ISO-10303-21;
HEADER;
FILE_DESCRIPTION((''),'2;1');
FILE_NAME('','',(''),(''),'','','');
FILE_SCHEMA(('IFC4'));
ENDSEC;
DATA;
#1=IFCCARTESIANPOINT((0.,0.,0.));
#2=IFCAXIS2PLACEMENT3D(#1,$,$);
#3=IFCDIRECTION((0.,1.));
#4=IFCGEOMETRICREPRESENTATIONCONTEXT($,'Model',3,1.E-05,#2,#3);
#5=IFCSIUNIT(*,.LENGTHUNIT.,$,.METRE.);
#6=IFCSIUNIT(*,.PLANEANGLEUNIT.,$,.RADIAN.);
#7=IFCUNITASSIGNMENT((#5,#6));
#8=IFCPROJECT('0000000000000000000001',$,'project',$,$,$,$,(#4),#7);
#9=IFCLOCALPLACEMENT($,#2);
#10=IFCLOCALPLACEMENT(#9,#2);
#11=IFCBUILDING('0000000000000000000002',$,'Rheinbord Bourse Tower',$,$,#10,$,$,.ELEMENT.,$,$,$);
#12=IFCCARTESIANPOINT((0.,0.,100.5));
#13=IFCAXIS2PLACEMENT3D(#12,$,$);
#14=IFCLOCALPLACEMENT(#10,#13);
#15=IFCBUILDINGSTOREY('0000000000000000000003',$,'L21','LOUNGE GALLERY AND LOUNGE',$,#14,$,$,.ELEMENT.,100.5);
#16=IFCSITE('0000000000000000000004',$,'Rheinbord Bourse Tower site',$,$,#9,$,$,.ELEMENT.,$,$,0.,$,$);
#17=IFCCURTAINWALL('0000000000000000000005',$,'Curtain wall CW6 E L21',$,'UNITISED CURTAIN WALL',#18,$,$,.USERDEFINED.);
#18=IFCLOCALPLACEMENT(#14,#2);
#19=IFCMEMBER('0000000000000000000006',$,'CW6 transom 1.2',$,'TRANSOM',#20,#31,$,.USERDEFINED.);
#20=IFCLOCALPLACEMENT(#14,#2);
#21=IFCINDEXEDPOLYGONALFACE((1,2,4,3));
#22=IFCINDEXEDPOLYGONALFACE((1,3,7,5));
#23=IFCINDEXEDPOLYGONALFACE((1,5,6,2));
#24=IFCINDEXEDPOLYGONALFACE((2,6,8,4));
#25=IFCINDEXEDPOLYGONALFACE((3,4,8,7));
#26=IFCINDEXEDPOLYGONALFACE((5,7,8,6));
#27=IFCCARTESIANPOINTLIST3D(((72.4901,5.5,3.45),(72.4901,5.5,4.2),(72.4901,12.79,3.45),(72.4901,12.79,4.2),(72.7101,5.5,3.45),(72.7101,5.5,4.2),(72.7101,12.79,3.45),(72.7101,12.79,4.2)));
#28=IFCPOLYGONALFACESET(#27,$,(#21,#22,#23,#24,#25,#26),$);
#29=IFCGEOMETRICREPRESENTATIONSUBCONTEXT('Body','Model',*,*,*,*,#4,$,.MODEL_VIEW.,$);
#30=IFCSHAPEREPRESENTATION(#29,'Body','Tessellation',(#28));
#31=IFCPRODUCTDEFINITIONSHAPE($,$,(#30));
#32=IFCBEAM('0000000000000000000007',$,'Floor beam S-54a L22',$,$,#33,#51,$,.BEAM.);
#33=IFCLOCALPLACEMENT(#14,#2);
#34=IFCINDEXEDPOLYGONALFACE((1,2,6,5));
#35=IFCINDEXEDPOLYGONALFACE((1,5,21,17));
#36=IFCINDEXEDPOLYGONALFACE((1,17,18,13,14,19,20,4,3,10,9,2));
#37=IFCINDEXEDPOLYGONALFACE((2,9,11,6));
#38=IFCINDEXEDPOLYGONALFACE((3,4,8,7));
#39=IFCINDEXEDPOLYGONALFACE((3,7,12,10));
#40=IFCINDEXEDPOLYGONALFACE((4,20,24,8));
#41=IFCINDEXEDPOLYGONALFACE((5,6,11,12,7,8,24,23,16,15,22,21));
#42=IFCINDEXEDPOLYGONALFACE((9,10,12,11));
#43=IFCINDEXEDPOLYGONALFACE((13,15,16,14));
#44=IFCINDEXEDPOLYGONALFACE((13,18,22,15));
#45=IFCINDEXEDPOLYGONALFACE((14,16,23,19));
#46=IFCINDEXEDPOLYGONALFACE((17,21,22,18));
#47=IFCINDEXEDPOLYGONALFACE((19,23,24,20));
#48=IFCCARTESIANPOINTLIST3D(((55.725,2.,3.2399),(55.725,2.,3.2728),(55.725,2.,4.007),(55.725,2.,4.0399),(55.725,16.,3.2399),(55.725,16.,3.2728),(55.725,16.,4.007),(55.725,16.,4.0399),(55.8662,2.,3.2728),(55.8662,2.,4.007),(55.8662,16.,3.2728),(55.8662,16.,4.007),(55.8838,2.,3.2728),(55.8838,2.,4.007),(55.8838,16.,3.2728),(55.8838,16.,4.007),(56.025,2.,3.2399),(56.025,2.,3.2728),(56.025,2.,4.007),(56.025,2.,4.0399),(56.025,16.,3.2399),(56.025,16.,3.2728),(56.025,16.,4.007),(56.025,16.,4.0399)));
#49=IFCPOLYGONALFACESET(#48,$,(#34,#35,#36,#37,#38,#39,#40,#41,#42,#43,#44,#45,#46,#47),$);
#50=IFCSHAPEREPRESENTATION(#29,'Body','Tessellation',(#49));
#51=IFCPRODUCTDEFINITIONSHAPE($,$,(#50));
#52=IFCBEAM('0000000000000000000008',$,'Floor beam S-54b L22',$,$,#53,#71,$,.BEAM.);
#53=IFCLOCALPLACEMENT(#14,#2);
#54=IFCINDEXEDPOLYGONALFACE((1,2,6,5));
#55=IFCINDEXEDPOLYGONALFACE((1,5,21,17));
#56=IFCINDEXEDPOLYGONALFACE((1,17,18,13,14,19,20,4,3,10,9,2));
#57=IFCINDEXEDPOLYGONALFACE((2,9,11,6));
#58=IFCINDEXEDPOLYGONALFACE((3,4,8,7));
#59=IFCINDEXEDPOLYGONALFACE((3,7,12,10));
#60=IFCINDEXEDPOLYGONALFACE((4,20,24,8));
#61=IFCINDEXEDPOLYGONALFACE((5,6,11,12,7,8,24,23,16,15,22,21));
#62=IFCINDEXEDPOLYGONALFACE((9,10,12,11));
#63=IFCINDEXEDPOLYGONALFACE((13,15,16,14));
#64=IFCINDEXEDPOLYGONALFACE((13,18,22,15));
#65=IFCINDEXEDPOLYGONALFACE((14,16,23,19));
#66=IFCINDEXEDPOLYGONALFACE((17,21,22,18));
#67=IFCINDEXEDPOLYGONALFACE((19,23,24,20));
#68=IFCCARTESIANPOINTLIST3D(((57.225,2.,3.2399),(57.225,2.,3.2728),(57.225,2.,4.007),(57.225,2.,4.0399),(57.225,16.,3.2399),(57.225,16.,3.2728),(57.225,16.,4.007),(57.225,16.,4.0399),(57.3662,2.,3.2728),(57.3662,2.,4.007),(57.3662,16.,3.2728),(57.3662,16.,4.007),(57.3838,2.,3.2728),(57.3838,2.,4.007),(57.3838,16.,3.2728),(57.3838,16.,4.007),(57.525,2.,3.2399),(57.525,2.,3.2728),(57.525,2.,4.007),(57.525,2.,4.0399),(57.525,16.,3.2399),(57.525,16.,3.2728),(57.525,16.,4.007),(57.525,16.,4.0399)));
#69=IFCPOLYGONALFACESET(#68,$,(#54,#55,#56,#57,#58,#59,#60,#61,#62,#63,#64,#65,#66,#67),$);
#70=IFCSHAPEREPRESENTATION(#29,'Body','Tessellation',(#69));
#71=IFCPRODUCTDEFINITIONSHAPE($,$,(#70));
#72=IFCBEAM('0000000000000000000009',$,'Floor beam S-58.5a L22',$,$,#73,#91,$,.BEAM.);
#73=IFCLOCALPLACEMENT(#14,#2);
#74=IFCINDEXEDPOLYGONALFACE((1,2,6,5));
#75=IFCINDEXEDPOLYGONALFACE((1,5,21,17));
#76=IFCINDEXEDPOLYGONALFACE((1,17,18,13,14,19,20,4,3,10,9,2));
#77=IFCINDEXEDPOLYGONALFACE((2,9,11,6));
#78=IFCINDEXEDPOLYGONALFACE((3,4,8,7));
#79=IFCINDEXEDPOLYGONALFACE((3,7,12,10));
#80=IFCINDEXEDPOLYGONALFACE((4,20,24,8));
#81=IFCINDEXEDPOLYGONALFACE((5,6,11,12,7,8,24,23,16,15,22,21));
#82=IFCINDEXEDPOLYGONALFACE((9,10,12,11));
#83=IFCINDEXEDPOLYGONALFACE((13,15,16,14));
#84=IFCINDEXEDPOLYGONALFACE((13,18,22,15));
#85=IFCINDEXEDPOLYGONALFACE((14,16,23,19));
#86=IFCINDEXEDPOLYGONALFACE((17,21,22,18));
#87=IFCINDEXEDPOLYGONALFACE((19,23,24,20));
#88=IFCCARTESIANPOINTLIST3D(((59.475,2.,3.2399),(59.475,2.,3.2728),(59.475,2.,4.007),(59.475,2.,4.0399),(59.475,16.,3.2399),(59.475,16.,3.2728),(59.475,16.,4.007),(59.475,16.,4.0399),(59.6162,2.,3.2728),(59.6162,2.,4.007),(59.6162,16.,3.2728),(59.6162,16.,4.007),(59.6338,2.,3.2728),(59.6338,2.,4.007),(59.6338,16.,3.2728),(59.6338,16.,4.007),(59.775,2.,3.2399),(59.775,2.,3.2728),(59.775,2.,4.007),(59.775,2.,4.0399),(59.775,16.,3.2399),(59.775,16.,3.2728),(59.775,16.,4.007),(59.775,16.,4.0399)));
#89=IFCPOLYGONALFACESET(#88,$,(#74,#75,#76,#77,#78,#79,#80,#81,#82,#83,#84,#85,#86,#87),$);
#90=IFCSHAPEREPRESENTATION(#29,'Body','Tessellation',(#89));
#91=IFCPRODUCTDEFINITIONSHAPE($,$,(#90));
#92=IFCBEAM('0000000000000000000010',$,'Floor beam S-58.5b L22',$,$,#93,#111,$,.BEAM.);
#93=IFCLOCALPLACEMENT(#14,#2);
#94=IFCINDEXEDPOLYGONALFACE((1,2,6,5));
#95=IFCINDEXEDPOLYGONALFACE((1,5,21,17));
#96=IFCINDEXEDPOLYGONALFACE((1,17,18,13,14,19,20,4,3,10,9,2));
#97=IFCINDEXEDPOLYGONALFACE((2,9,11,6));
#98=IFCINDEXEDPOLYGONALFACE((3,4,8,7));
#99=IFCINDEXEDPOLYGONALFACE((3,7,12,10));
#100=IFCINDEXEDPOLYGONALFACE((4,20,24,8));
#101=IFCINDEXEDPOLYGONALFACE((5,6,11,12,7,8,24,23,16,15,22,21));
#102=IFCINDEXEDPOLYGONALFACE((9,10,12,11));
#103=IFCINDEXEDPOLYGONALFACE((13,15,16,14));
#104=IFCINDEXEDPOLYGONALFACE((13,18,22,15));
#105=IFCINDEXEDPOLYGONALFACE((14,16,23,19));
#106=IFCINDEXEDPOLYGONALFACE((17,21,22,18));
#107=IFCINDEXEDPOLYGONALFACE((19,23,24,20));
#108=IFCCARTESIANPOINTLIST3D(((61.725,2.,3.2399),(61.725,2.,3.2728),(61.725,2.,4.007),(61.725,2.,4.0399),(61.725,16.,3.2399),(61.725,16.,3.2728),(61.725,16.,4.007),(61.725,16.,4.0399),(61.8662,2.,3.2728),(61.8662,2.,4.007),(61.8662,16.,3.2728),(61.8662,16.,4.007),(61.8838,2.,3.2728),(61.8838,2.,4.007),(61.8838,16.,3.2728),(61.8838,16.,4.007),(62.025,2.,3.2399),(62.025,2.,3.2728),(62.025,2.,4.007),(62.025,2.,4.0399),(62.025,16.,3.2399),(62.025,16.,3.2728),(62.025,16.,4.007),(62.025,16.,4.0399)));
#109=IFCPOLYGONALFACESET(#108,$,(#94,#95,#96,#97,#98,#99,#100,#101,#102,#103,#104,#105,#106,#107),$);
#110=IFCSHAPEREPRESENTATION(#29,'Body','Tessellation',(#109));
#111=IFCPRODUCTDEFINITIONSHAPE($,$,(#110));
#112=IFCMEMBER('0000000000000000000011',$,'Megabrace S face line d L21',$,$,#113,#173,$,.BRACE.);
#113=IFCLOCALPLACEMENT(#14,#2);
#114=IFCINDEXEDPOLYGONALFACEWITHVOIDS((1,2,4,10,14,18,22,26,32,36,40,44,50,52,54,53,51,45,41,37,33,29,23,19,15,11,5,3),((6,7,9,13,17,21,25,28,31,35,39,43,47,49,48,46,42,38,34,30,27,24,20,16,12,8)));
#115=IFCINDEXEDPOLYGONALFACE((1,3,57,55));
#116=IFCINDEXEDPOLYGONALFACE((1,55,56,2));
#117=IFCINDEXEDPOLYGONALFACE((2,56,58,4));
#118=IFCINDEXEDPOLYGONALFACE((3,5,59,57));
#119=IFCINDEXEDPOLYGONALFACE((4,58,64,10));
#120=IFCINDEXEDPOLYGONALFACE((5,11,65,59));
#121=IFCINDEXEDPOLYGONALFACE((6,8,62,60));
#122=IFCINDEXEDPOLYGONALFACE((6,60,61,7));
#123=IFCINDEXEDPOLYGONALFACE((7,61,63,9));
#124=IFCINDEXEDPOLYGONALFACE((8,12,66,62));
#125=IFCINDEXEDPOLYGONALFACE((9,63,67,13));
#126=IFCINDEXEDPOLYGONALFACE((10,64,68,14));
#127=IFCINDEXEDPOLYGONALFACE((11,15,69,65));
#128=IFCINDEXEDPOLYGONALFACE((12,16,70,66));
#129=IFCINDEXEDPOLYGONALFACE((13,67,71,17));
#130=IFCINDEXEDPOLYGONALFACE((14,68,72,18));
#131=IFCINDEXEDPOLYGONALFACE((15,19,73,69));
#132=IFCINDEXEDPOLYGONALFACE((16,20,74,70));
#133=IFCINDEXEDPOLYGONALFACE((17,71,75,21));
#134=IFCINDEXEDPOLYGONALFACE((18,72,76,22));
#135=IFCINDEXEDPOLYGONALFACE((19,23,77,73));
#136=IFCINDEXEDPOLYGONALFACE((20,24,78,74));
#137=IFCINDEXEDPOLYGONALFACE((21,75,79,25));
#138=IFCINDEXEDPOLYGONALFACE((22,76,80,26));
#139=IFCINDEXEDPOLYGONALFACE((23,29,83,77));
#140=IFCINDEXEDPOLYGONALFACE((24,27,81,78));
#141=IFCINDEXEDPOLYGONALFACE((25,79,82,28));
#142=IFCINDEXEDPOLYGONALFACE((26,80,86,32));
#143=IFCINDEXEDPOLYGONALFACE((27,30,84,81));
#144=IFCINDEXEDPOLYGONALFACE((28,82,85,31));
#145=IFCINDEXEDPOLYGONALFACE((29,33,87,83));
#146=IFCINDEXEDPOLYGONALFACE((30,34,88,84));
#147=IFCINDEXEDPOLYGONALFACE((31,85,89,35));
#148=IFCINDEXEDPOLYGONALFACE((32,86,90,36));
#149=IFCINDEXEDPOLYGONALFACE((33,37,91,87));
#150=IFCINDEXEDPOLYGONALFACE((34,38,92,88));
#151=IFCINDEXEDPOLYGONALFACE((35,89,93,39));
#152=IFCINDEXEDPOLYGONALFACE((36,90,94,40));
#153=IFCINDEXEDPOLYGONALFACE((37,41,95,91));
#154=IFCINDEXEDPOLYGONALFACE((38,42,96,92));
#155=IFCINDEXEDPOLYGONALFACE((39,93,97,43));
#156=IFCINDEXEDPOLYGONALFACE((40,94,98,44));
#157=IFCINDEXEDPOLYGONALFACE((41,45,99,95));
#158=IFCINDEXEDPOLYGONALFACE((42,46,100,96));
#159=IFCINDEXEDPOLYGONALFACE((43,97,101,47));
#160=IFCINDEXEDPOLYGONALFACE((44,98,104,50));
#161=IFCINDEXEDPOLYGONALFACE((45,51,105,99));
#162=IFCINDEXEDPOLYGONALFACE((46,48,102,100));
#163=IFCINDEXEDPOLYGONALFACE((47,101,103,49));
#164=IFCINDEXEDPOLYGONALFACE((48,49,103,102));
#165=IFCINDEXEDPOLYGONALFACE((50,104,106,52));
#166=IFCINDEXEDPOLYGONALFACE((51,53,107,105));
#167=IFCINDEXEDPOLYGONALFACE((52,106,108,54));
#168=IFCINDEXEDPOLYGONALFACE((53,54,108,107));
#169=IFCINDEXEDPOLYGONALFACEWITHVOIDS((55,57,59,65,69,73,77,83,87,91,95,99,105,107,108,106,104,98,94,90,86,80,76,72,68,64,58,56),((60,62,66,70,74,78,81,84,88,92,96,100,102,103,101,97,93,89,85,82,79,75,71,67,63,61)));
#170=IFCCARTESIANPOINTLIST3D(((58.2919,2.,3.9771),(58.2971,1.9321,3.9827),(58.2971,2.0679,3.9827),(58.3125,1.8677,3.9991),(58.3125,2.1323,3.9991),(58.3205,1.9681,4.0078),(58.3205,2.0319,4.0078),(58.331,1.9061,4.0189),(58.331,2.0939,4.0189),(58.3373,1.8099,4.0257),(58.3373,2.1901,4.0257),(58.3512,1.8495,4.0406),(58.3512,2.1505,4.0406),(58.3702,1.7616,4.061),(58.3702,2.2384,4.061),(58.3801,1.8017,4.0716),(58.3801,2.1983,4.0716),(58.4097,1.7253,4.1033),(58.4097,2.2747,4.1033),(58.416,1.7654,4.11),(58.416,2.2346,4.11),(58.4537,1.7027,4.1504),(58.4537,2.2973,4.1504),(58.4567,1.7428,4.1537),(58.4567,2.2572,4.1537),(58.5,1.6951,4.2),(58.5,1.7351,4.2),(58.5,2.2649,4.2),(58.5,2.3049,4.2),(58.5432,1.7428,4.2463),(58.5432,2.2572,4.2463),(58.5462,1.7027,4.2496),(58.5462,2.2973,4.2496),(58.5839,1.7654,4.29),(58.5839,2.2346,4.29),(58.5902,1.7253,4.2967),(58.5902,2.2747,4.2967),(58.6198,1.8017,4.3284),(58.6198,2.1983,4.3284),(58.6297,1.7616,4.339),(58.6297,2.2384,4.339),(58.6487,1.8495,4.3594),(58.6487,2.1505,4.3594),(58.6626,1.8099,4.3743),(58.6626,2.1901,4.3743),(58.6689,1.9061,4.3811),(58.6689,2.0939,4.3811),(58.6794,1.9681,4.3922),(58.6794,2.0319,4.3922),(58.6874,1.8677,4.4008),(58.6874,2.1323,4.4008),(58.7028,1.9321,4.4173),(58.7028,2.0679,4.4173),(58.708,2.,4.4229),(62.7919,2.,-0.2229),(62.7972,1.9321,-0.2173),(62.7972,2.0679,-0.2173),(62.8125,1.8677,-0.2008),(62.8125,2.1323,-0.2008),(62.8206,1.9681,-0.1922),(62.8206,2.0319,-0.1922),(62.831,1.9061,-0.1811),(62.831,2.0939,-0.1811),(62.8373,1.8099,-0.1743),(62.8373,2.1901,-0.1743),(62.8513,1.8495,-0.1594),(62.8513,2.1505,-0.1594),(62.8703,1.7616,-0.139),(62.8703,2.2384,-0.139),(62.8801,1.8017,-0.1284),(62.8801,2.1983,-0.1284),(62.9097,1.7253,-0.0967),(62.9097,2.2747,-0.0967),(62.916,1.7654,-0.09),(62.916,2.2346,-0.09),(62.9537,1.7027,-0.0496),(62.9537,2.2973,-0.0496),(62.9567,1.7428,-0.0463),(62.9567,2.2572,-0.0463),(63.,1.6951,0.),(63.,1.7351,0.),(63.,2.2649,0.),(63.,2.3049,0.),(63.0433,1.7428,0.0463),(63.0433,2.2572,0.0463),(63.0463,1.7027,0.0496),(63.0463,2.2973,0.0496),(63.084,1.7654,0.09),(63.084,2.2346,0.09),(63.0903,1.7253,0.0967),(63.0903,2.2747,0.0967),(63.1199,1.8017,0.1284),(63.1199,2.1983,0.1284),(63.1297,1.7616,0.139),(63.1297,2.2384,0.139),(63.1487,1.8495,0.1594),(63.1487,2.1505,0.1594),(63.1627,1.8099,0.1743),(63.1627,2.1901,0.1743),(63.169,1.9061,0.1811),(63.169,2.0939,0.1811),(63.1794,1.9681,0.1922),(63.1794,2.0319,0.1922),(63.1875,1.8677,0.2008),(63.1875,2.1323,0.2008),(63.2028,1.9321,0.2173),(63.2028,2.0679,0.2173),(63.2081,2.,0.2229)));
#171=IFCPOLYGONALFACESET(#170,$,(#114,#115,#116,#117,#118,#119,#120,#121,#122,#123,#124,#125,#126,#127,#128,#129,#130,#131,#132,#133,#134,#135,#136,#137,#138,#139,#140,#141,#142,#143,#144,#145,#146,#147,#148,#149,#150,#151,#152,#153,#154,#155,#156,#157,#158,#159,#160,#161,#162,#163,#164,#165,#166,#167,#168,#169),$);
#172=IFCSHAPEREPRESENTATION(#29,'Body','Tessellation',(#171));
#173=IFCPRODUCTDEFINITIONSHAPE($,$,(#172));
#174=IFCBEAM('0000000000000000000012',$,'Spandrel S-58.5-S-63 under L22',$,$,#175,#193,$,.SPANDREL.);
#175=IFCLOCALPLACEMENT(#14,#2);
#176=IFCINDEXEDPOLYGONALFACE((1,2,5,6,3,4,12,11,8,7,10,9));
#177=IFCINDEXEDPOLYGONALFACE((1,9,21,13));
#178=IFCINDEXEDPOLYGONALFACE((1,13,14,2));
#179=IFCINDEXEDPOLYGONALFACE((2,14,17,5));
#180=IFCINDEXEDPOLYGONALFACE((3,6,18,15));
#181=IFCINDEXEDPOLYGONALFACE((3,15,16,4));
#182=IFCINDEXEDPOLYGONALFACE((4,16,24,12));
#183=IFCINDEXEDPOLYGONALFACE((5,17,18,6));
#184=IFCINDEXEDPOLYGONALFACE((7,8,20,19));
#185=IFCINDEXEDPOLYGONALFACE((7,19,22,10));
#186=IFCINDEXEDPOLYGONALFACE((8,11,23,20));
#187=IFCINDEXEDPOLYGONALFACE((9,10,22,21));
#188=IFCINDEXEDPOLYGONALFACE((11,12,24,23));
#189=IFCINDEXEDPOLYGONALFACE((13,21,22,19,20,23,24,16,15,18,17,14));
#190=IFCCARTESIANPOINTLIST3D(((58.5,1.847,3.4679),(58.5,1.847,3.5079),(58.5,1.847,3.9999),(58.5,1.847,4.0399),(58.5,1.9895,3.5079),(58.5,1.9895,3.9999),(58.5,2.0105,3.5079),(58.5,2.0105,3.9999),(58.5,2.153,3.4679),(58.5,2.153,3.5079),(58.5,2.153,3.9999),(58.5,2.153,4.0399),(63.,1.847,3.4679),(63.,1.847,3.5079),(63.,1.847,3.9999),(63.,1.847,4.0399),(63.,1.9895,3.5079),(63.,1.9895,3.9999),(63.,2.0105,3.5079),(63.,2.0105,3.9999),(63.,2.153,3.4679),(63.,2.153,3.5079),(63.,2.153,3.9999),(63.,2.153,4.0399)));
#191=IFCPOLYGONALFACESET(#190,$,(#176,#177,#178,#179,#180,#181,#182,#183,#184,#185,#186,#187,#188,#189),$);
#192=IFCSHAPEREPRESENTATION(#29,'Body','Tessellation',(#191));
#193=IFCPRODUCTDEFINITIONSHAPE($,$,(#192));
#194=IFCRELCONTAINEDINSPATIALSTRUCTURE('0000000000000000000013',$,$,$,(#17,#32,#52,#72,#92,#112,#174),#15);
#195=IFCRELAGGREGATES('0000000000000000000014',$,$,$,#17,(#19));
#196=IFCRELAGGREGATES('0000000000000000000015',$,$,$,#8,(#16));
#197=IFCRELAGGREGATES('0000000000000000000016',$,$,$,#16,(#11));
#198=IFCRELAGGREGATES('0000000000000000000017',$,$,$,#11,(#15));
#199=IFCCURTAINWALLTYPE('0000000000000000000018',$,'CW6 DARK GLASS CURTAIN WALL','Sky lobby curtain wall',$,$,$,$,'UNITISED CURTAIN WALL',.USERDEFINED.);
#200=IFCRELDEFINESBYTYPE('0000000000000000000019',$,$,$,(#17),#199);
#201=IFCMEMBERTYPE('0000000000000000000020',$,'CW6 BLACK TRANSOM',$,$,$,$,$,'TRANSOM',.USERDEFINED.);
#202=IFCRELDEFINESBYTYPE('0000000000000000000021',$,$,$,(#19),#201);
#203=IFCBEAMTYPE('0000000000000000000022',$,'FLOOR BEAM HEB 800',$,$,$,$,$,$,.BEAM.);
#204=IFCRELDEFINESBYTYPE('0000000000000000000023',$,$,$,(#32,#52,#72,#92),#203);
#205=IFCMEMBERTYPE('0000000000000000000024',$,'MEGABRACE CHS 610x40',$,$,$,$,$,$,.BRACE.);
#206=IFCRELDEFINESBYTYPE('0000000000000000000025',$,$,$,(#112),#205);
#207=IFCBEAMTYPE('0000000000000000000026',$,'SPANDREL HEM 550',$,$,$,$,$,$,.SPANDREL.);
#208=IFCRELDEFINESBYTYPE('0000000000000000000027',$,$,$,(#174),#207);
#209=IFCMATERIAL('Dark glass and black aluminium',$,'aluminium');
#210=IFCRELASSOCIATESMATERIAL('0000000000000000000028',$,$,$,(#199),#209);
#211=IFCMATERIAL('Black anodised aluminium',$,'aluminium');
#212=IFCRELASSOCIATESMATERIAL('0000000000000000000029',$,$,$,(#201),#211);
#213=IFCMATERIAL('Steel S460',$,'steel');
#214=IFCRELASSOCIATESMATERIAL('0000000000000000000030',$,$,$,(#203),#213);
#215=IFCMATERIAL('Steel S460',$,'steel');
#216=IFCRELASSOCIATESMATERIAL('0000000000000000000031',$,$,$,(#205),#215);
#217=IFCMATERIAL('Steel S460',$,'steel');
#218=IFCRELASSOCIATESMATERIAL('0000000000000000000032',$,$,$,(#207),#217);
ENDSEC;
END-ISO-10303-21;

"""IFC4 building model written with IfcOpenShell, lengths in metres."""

from ifc_helpers import new_model, si_unit, direction, frame, origin, origin_2d, place, context, subcontext, project, spatial, rectangle, hollow_circle, i_section, extrude, material, material_profile, profile_set, type_object, element, aggregate, save


model = new_model("IFC4")

# Units and contexts
model_context = context("Model", 3, precision=1e-05, world=origin(), true_north=direction((0.0, 1.0)))
body_context = subcontext(model_context, "Body", "Model", "MODEL_VIEW")
ifc_project = project(units=[si_unit("LENGTHUNIT", "METRE"), si_unit("PLANEANGLEUNIT", "RADIAN")], contexts=[model_context])

# Site, building, storey
site_placement = place(None, origin())
site = spatial("IfcSite", under=ifc_project, at=site_placement, Name="Rheinbord Bourse Tower site", CompositionType="ELEMENT", RefElevation=0.0)
building_placement = place(site_placement, origin())
building = spatial("IfcBuilding", under=site, at=building_placement, Name="Rheinbord Bourse Tower", CompositionType="ELEMENT")
storey_placement = place(building_placement, frame((0.0, 0.0, 100.5)))
storey = spatial("IfcBuildingStorey", under=building, at=storey_placement, Name="L21", Description="LOUNGE GALLERY AND LOUNGE", CompositionType="ELEMENT", Elevation=100.5)

# Shared definitions
ifc_material_1 = material(Name="Dark glass and black aluminium", Category="aluminium")
curtain_wall_type = type_object("IfcCurtainWallType", Name="CW6 DARK GLASS CURTAIN WALL", Description="Sky lobby curtain wall", ElementType="UNITISED CURTAIN WALL", PredefinedType="USERDEFINED", material=ifc_material_1)

# Curtain wall
curtain_wall_1_placement = place(storey_placement, origin())
curtain_wall_1 = element("IfcCurtainWall", 1, at=curtain_wall_1_placement, inside=storey, type_object=curtain_wall_type, Name="Curtain wall CW6 E L21", ObjectType="UNITISED CURTAIN WALL", PredefinedType="USERDEFINED")

# Member
ifc_material_2 = material(Name="Black anodised aluminium", Category="aluminium")
ifc_material_profile_1 = material_profile(ifc_material_2, rectangle(XDim=0.22, YDim=0.75, at=origin_2d()), Name="CW6 TRANSOM 750x220")
ifc_profile_set_1 = profile_set([ifc_material_profile_1], Name="Black anodised aluminium")
member_type_1 = type_object("IfcMemberType", Name="CW6 BLACK TRANSOM", ElementType="TRANSOM", PredefinedType="USERDEFINED", material=ifc_profile_set_1)
member_1_placement = place(storey_placement, frame((72.6001, 5.5, 3.825), z_axis=(0.0, 1.0, 0.0), x_axis=(-1.0, 0.0, 0.0)))
member_1 = element("IfcMember", 2, at=member_1_placement, type_object=member_type_1, Name="CW6 transom 1.2", ObjectType="TRANSOM", PredefinedType="USERDEFINED", context=body_context, shape_type="SweptSolid", body=[
    extrude(rectangle(XDim=0.22, YDim=0.75, at=origin_2d()), origin(), (0.0, 0.0, 1.0), 7.29),
])

# Beams
ifc_material_3 = material(Name="Steel S460", Category="steel")
ifc_material_profile_2 = material_profile(ifc_material_3, i_section(OverallWidth=0.3, OverallDepth=0.8, WebThickness=0.0176, FlangeThickness=0.033, at=origin_2d()), Name="HEB 800")
ifc_profile_set_2 = profile_set([ifc_material_profile_2], Name="Steel S460")
beam_type_1 = type_object("IfcBeamType", Name="FLOOR BEAM HEB 800", PredefinedType="BEAM", material=ifc_profile_set_2)
for number, where, z_axis, x_axis, name in (
    (3, (55.875, 2.0, 3.6399), (0.0, 1.0, 0.0), (-1.0, 0.0, 0.0), "Floor beam S-54a L22"),
    (4, (57.375, 2.0, 3.6399), (0.0, 1.0, 0.0), (-1.0, 0.0, 0.0), "Floor beam S-54b L22"),
    (5, (59.625, 2.0, 3.6399), (0.0, 1.0, 0.0), (-1.0, 0.0, 0.0), "Floor beam S-58.5a L22"),
    (6, (61.875, 2.0, 3.6399), (0.0, 1.0, 0.0), (-1.0, 0.0, 0.0), "Floor beam S-58.5b L22"),
):
    element("IfcBeam", number, at=place(storey_placement, frame(where, z_axis=z_axis, x_axis=x_axis)), inside=storey, type_object=beam_type_1, Name=name, PredefinedType="BEAM", context=body_context, shape_type="SweptSolid", body=[
        extrude(i_section(OverallWidth=0.3, OverallDepth=0.8, WebThickness=0.0176, FlangeThickness=0.033, at=origin_2d()), origin(), (0.0, 0.0, 1.0), 14.0),
    ])

# Member
ifc_material_4 = material(Name="Steel S460", Category="steel")
ifc_material_profile_3 = material_profile(ifc_material_4, hollow_circle(Radius=0.3049, WallThickness=0.04, at=origin_2d()), Name="CHS 610x40")
ifc_profile_set_3 = profile_set([ifc_material_profile_3], Name="Steel S460")
member_type_2 = type_object("IfcMemberType", Name="MEGABRACE CHS 610x40", PredefinedType="BRACE", material=ifc_profile_set_3)
member_2_placement = place(storey_placement, frame((63.0, 2.0, 0.0), z_axis=(-0.731059, 0.0, 0.682314), x_axis=(0.0, -1.0, 0.0)))
element("IfcMember", 7, at=member_2_placement, inside=storey, type_object=member_type_2, Name="Megabrace S face line d L21", PredefinedType="BRACE", context=body_context, shape_type="SweptSolid", body=[
    extrude(hollow_circle(Radius=0.3049, WallThickness=0.04, at=origin_2d()), origin(), (0.0, 0.0, 1.0), 6.1555),
])

# Beam
ifc_material_5 = material(Name="Steel S460", Category="steel")
ifc_material_profile_4 = material_profile(ifc_material_5, i_section(OverallWidth=0.3059, OverallDepth=0.572, WebThickness=0.021, FlangeThickness=0.04, at=origin_2d()), Name="HEM 550")
ifc_profile_set_4 = profile_set([ifc_material_profile_4], Name="Steel S460")
beam_type_2 = type_object("IfcBeamType", Name="SPANDREL HEM 550", PredefinedType="SPANDREL", material=ifc_profile_set_4)
for number, where, z_axis, x_axis, name in (
    (8, (58.5, 2.0, 3.7539), (1.0, 0.0, 0.0), (0.0, 1.0, 0.0), "Spandrel S-58.5-S-63 under L22"),
):
    element("IfcBeam", number, at=place(storey_placement, frame(where, z_axis=z_axis, x_axis=x_axis)), inside=storey, type_object=beam_type_2, Name=name, PredefinedType="SPANDREL", context=body_context, shape_type="SweptSolid", body=[
        extrude(i_section(OverallWidth=0.3059, OverallDepth=0.572, WebThickness=0.021, FlangeThickness=0.04, at=origin_2d()), origin(), (0.0, 0.0, 1.0), 4.5),
    ])

aggregate(curtain_wall_1, [member_1])

save(model, "model.ifc")
